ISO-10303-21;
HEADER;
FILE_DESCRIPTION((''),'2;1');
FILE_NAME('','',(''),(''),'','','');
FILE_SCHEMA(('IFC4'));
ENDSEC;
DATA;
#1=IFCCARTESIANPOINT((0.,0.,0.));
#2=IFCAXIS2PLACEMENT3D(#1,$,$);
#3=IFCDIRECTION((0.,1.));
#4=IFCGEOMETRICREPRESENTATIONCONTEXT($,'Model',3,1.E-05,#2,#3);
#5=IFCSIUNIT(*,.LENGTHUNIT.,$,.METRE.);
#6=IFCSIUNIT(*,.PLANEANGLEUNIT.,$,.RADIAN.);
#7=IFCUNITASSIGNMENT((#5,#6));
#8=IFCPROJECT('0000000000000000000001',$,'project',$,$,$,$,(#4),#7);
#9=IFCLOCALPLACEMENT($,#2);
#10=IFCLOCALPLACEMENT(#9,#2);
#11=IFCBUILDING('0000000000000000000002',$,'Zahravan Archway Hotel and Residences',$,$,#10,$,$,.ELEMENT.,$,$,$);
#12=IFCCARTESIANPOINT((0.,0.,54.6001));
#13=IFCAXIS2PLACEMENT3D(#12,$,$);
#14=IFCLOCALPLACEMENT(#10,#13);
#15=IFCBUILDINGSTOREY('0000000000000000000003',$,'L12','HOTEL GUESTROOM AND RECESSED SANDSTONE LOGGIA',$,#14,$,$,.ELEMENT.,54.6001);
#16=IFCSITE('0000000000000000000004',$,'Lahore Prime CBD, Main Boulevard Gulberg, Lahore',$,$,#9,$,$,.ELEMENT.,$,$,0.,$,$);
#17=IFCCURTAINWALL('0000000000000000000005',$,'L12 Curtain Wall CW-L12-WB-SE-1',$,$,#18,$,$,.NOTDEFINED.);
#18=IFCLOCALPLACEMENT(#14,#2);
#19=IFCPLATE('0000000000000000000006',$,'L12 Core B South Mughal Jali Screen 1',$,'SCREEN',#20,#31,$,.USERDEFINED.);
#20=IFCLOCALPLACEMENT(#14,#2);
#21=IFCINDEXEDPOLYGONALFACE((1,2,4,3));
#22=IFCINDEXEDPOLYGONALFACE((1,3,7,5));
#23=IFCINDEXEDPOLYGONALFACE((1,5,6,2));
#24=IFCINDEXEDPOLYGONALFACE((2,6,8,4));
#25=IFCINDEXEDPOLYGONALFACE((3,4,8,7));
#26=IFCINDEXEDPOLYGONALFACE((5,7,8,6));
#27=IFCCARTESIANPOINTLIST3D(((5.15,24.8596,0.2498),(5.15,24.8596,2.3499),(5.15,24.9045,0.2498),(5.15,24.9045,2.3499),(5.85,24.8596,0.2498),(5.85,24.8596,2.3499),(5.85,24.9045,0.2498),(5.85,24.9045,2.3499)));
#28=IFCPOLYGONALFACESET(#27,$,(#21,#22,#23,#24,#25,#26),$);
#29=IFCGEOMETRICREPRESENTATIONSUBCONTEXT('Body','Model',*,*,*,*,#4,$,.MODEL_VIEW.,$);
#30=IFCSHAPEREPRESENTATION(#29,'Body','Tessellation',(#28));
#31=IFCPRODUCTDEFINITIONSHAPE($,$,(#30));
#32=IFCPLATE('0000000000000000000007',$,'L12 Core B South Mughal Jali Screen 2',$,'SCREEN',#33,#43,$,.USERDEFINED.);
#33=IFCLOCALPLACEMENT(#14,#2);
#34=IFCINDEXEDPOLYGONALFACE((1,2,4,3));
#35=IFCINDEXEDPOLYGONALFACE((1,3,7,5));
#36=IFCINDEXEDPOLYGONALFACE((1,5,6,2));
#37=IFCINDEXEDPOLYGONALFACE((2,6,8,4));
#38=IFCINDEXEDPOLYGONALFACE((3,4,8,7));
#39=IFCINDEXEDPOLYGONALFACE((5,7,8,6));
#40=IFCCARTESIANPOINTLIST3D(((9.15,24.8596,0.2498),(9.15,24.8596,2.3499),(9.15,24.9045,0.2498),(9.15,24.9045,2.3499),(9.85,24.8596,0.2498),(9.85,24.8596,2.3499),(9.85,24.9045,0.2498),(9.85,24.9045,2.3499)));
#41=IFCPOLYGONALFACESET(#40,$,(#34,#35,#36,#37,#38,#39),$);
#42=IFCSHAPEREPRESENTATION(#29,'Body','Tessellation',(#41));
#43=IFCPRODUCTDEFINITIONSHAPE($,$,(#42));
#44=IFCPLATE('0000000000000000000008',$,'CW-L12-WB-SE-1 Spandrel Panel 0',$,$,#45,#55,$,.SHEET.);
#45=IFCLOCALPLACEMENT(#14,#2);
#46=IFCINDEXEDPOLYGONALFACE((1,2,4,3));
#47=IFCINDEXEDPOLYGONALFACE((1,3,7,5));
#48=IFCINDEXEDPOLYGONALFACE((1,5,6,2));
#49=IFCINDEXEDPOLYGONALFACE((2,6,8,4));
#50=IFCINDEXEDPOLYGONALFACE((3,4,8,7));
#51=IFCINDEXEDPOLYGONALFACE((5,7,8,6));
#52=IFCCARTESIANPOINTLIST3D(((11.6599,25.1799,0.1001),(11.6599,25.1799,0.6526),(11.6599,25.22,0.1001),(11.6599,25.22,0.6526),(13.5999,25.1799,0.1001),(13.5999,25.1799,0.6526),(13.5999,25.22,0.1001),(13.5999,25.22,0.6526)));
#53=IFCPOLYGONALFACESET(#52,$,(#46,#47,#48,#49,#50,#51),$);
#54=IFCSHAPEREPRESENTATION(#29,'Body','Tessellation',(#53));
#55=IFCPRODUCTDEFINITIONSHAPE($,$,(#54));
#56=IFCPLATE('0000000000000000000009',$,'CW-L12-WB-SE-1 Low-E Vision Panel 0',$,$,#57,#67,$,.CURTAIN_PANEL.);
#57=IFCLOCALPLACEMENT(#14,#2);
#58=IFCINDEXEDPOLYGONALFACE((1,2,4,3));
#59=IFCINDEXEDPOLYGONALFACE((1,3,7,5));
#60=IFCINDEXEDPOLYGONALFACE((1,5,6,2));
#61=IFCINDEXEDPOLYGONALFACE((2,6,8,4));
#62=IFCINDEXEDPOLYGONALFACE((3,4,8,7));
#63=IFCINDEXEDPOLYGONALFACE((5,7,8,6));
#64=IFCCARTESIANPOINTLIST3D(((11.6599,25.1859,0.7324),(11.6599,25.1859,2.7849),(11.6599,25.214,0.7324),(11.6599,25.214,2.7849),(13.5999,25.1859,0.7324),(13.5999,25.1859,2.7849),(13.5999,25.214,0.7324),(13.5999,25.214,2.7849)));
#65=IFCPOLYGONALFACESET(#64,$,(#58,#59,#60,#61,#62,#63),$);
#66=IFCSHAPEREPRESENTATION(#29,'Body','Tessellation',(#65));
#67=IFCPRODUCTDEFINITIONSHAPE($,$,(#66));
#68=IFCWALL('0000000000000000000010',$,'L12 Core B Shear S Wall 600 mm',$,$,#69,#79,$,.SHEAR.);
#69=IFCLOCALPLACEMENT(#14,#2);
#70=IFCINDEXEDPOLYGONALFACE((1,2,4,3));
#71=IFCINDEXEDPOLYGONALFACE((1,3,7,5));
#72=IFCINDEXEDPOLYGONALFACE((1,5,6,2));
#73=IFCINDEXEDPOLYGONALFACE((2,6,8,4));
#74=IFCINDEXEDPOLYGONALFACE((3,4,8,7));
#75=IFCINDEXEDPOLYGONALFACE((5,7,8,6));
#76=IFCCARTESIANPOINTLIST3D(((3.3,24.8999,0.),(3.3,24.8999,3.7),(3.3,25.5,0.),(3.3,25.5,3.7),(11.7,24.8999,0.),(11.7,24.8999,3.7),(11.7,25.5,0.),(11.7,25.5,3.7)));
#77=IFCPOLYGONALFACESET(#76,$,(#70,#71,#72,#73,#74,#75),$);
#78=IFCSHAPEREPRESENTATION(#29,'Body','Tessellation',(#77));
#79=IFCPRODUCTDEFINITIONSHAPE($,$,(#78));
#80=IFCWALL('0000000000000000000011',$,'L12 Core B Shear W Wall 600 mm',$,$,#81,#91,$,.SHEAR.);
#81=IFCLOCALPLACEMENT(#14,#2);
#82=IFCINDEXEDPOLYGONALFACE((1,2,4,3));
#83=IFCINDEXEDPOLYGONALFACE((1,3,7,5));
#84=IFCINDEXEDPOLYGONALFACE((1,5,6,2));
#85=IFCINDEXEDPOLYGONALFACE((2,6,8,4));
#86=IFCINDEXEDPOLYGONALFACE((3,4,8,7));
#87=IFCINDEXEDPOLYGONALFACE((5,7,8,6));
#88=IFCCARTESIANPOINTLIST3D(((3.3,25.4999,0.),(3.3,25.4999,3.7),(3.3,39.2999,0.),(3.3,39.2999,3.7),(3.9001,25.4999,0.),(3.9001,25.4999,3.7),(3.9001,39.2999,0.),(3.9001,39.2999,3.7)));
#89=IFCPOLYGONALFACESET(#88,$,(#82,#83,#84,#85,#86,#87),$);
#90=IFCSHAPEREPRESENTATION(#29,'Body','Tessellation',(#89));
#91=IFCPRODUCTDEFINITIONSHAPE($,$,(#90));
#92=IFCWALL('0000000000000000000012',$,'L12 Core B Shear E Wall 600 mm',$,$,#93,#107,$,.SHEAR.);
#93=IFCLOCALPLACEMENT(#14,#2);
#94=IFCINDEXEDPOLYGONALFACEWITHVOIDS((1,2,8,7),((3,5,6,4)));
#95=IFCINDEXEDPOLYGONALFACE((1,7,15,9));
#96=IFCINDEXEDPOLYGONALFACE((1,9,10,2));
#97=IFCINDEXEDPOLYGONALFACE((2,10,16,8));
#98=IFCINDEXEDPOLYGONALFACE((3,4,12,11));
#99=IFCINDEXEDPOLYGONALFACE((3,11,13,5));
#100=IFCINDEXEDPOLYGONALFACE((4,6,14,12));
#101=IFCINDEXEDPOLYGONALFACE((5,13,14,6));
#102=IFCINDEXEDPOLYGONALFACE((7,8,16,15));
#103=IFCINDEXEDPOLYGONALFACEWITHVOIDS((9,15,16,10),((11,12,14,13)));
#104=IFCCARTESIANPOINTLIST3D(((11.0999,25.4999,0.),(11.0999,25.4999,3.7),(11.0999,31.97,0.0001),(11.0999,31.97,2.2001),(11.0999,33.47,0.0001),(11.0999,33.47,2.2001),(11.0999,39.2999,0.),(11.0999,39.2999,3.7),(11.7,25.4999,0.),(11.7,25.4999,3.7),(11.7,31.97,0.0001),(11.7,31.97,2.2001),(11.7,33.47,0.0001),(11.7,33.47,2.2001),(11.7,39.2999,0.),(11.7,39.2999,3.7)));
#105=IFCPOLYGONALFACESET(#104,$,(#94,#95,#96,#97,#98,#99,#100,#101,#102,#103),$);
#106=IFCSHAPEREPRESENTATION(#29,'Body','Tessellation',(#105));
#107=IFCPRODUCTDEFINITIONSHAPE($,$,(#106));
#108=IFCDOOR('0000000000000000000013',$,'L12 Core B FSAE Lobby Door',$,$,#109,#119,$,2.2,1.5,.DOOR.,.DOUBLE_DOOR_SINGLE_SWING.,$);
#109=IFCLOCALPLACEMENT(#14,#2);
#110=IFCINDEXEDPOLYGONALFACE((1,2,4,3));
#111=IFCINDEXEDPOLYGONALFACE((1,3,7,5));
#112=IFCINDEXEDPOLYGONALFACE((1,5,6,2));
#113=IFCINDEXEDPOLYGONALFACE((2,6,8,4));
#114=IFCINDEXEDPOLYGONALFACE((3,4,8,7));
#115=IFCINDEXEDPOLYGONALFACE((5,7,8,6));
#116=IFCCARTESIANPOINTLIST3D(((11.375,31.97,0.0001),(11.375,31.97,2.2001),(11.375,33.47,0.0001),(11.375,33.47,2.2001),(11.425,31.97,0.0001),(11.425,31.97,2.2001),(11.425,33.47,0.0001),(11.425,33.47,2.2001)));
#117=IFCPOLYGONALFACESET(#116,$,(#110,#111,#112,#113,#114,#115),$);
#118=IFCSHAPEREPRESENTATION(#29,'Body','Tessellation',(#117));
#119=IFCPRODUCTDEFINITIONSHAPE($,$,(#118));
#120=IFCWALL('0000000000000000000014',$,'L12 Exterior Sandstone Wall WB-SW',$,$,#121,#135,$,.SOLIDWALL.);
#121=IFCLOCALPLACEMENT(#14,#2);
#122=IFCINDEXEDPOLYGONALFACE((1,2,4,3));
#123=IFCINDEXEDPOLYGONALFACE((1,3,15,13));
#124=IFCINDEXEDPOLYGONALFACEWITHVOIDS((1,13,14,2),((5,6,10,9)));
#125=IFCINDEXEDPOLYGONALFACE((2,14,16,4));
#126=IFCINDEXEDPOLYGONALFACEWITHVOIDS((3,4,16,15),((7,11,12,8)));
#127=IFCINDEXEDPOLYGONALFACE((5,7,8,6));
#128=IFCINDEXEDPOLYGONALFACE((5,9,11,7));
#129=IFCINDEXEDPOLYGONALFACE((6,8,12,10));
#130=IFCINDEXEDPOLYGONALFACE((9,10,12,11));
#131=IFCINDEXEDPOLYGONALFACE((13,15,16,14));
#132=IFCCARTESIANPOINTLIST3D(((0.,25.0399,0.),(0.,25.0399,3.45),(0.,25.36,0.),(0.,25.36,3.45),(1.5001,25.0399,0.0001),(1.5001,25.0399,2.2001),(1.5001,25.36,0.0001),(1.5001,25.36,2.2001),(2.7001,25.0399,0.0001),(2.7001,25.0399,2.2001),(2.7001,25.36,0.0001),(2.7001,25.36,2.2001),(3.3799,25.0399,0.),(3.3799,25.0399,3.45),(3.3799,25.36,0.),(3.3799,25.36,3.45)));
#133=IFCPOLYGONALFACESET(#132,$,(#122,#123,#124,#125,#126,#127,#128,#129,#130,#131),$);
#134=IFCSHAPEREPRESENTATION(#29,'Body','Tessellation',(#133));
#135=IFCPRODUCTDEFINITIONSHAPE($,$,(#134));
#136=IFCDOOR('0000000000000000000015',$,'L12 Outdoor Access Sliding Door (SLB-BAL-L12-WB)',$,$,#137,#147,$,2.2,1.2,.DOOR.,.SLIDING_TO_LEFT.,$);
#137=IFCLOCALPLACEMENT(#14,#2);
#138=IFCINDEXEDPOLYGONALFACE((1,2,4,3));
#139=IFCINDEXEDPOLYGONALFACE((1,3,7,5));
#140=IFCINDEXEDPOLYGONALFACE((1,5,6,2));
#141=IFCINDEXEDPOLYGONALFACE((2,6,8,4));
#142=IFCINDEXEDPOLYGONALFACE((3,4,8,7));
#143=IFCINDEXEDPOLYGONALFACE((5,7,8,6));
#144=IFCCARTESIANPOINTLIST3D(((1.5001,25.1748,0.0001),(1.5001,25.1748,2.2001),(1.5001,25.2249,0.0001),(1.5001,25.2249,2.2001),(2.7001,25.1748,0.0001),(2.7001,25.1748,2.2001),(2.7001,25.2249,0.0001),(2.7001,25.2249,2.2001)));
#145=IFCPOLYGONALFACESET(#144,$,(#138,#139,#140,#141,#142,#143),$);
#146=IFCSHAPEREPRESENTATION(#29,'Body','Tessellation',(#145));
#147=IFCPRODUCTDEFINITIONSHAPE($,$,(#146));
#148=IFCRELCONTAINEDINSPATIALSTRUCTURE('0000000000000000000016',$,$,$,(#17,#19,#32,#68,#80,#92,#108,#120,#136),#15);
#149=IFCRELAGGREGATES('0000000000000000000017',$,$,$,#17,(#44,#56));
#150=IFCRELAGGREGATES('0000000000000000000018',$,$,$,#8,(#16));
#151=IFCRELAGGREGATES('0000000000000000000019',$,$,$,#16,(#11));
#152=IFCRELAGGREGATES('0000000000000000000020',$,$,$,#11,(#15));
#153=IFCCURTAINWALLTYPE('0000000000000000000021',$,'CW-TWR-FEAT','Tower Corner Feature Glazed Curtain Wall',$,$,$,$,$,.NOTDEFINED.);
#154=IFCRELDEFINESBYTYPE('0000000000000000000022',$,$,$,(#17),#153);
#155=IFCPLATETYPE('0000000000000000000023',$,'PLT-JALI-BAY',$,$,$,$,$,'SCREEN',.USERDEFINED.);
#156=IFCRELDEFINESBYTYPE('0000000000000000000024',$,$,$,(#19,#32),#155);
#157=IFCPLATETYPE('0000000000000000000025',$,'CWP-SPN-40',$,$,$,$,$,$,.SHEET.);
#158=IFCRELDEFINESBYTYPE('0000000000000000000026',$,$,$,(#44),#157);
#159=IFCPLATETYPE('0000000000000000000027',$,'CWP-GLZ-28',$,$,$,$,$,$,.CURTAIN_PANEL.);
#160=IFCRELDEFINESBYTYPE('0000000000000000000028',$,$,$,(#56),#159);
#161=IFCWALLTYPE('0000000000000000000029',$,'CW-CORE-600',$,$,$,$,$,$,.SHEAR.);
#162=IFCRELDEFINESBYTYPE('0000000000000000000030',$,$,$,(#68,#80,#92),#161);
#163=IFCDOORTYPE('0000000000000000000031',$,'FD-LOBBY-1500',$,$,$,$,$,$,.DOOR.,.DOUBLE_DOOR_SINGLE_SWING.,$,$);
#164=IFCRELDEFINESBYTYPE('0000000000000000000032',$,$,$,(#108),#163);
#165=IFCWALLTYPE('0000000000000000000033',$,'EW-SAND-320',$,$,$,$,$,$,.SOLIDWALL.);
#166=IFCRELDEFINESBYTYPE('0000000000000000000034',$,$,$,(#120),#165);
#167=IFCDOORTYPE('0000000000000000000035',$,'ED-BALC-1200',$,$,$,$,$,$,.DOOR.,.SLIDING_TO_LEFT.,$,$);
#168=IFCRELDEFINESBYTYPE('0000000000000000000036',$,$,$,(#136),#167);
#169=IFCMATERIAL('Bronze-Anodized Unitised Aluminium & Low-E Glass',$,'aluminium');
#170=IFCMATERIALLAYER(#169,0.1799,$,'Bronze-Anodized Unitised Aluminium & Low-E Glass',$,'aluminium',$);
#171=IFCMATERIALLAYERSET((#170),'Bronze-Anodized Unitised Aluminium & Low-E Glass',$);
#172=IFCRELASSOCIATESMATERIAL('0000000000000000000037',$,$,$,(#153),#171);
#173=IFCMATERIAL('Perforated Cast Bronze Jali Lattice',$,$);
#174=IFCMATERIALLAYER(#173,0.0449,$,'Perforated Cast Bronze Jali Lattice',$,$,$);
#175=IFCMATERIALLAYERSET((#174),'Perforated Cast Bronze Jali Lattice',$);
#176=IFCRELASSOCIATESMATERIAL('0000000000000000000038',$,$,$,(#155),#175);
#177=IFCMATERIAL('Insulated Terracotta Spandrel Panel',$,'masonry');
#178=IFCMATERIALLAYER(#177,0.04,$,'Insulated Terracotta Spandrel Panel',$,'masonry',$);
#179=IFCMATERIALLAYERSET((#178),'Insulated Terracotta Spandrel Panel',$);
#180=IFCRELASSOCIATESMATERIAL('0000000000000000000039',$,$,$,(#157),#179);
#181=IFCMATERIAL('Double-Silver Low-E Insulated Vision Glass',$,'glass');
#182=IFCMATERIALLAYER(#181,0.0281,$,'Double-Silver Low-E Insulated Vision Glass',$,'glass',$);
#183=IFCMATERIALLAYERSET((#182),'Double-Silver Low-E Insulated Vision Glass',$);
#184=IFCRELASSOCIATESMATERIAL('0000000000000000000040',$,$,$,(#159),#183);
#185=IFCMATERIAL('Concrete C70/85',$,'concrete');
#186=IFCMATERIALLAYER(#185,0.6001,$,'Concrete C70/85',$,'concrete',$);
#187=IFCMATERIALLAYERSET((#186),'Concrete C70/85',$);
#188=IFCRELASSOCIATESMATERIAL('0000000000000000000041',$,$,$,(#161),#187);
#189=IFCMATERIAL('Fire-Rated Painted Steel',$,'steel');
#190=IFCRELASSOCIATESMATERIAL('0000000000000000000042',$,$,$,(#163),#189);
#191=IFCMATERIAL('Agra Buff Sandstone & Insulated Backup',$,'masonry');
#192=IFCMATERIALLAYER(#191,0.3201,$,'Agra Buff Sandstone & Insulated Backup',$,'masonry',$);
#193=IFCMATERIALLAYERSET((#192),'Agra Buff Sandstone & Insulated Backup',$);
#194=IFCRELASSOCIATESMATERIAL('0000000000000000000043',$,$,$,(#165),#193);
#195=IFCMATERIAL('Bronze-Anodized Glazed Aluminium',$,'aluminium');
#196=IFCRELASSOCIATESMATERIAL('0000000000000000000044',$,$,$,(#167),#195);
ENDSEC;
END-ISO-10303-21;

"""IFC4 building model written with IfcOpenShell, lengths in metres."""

from ifc_helpers import new_model, si_unit, direction, frame, frame_2d, origin, origin_2d, place, context, subcontext, project, spatial, rectangle, extrude, source, transform, mapped, material, layer, layer_set, type_object, type_shapes, element, fill, aggregate, save


model = new_model("IFC4")

# Units and contexts
model_context = context("Model", 3, precision=1e-05, world=origin(), true_north=direction((0.0, 1.0)))
body_context = subcontext(model_context, "Body", "Model", "MODEL_VIEW")
ifc_project = project(units=[si_unit("LENGTHUNIT", "METRE"), si_unit("PLANEANGLEUNIT", "RADIAN")], contexts=[model_context])

# Site, building, storey
site_placement = place(None, origin())
site = spatial("IfcSite", under=ifc_project, at=site_placement, Name="Lahore Prime CBD, Main Boulevard Gulberg, Lahore", CompositionType="ELEMENT", RefElevation=0.0)
building_placement = place(site_placement, origin())
building = spatial("IfcBuilding", under=site, at=building_placement, Name="Zahravan Archway Hotel and Residences", CompositionType="ELEMENT")
storey_placement = place(building_placement, frame((0.0, 0.0, 54.6001)))
storey = spatial("IfcBuildingStorey", under=building, at=storey_placement, Name="L12", Description="HOTEL GUESTROOM AND RECESSED SANDSTONE LOGGIA", CompositionType="ELEMENT", Elevation=54.6001)

# Shared definitions
ifc_material_1 = material(Name="Concrete C70/85", Category="concrete")

# Curtain wall
ifc_material_2 = material(Name="Bronze-Anodized Unitised Aluminium & Low-E Glass", Category="aluminium")
ifc_layer_1 = layer(ifc_material_2, 0.1799, Name="Bronze-Anodized Unitised Aluminium & Low-E Glass", Category="aluminium")
ifc_layer_set_1 = layer_set([ifc_layer_1], Name="Bronze-Anodized Unitised Aluminium & Low-E Glass")
curtain_wall_type = type_object("IfcCurtainWallType", Name="CW-TWR-FEAT", Description="Tower Corner Feature Glazed Curtain Wall", PredefinedType="NOTDEFINED", material=ifc_layer_set_1)
curtain_wall_placement = place(storey_placement, origin())
curtain_wall = element("IfcCurtainWall", 1, at=curtain_wall_placement, inside=storey, type_object=curtain_wall_type, Name="L12 Curtain Wall CW-L12-WB-SE-1", PredefinedType="NOTDEFINED")

# Plates
ifc_material_3 = material(Name="Perforated Cast Bronze Jali Lattice")
ifc_layer_2 = layer(ifc_material_3, 0.0449, Name="Perforated Cast Bronze Jali Lattice")
ifc_layer_set_2 = layer_set([ifc_layer_2], Name="Perforated Cast Bronze Jali Lattice")
plate_type_1 = type_object("IfcPlateType", Name="PLT-JALI-BAY", ElementType="SCREEN", PredefinedType="USERDEFINED", material=ifc_layer_set_2)
shared_shape_1 = source(origin(), body_context, "Body", "SweptSolid", [
    extrude(rectangle(XDim=0.7, YDim=0.0449, at=origin_2d()), origin(), (0.0, 0.0, 1.0), 2.1001),
])
type_shapes(plate_type_1, [shared_shape_1])
for number, where, z_axis, x_axis, name in (
    (2, (5.5, 24.8821, 0.2498), (0.0, 0.0, 1.0), (1.0, 0.0, 0.0), "L12 Core B South Mughal Jali Screen 1"),
    (3, (9.5, 24.8821, 0.2498), (0.0, 0.0, 1.0), (1.0, 0.0, 0.0), "L12 Core B South Mughal Jali Screen 2"),
):
    element("IfcPlate", number, at=place(storey_placement, frame(where, z_axis=z_axis, x_axis=x_axis)), inside=storey, type_object=plate_type_1, Name=name, ObjectType="SCREEN", PredefinedType="USERDEFINED", context=body_context, shape_type="MappedRepresentation", body=[
        mapped(shared_shape_1, transform((0.0, 0.0, 0.0), scale=1.0)),
    ])

# Plates
ifc_material_4 = material(Name="Insulated Terracotta Spandrel Panel", Category="masonry")
ifc_layer_3 = layer(ifc_material_4, 0.04, Name="Insulated Terracotta Spandrel Panel", Category="masonry")
ifc_layer_set_3 = layer_set([ifc_layer_3], Name="Insulated Terracotta Spandrel Panel")
plate_type_2 = type_object("IfcPlateType", Name="CWP-SPN-40", PredefinedType="SHEET", material=ifc_layer_set_3)
shared_shape_2 = source(origin(), body_context, "Body", "SweptSolid", [
    extrude(rectangle(XDim=1.9399, YDim=0.04, at=origin_2d()), origin(), (0.0, 0.0, 1.0), 0.5525),
])
plate_1_placement = place(storey_placement, frame((12.6299, 25.2, 0.1001), z_axis=(0.0, 0.0, 1.0), x_axis=(1.0, 0.0, 0.0)))
plate_1 = element("IfcPlate", 4, at=plate_1_placement, type_object=plate_type_2, Name="CW-L12-WB-SE-1 Spandrel Panel 0", PredefinedType="SHEET", context=body_context, shape_type="MappedRepresentation", body=[
    mapped(shared_shape_2, transform((0.0, 0.0, 0.0), scale=1.0)),
])
ifc_material_5 = material(Name="Double-Silver Low-E Insulated Vision Glass", Category="glass")
ifc_layer_4 = layer(ifc_material_5, 0.0281, Name="Double-Silver Low-E Insulated Vision Glass", Category="glass")
ifc_layer_set_4 = layer_set([ifc_layer_4], Name="Double-Silver Low-E Insulated Vision Glass")
plate_type_3 = type_object("IfcPlateType", Name="CWP-GLZ-28", PredefinedType="CURTAIN_PANEL", material=ifc_layer_set_4)
shared_shape_3 = source(origin(), body_context, "Body", "SweptSolid", [
    extrude(rectangle(XDim=1.9399, YDim=0.0281, at=origin_2d()), origin(), (0.0, 0.0, 1.0), 2.0525),
])
plate_2_placement = place(storey_placement, frame((12.6299, 25.2, 0.7324), z_axis=(0.0, 0.0, 1.0), x_axis=(1.0, 0.0, 0.0)))
plate_2 = element("IfcPlate", 5, at=plate_2_placement, type_object=plate_type_3, Name="CW-L12-WB-SE-1 Low-E Vision Panel 0", PredefinedType="CURTAIN_PANEL", context=body_context, shape_type="MappedRepresentation", body=[
    mapped(shared_shape_3, transform((0.0, 0.0, 0.0), scale=1.0)),
])
aggregate(curtain_wall, [plate_1, plate_2])

# Walls
ifc_layer_5 = layer(ifc_material_1, 0.6001, Name="Concrete C70/85", Category="concrete")
ifc_layer_set_5 = layer_set([ifc_layer_5], Name="Concrete C70/85")
wall_type_1 = type_object("IfcWallType", Name="CW-CORE-600", PredefinedType="SHEAR", material=ifc_layer_set_5)
wall_1_placement = place(storey_placement, frame((3.3, 25.2, 0.0), z_axis=(0.0, 0.0, 1.0), x_axis=(1.0, 0.0, 0.0)))
element("IfcWall", 6, at=wall_1_placement, inside=storey, type_object=wall_type_1, Name="L12 Core B Shear S Wall 600 mm", PredefinedType="SHEAR", context=body_context, shape_type="SweptSolid", body=[
    extrude(rectangle(XDim=8.3999, YDim=0.6001, at=frame_2d((4.2, 0.0))), origin(), (0.0, 0.0, 1.0), 3.7),
])
wall_2_placement = place(storey_placement, frame((3.6001, 25.5, 0.0), z_axis=(0.0, 0.0, 1.0), x_axis=(0.0, 1.0, 0.0)))
element("IfcWall", 7, at=wall_2_placement, inside=storey, type_object=wall_type_1, Name="L12 Core B Shear W Wall 600 mm", PredefinedType="SHEAR", context=body_context, shape_type="SweptSolid", body=[
    extrude(rectangle(XDim=13.8, YDim=0.6001, at=frame_2d((6.8999, 0.0))), origin(), (0.0, 0.0, 1.0), 3.7),
])

# Walls, openings, doors
wall_3_placement = place(storey_placement, frame((11.3999, 25.5, 0.0), z_axis=(0.0, 0.0, 1.0), x_axis=(0.0, 1.0, 0.0)))
wall_3 = element("IfcWall", 8, at=wall_3_placement, inside=storey, type_object=wall_type_1, Name="L12 Core B Shear E Wall 600 mm", PredefinedType="SHEAR", context=body_context, shape_type="SweptSolid", body=[
    extrude(rectangle(XDim=13.8, YDim=0.6001, at=frame_2d((6.8999, 0.0))), origin(), (0.0, 0.0, 1.0), 3.7),
])
opening_1_placement = place(wall_3_placement, frame((6.47, 0.0, 0.0)))
opening_1 = element("IfcOpeningElement", 9, at=opening_1_placement, cuts=wall_3, PredefinedType="OPENING", context=body_context, shape_type="SweptSolid", body=[
    extrude(rectangle(XDim=1.5, YDim=2.2, at=frame_2d((0.75, 1.1001))), frame((0.0, 0.3101, 0.0), z_axis=(0.0, -1.0, 0.0), x_axis=(1.0, 0.0, 0.0)), (0.0, 0.0, 1.0), 0.6201),
])
ifc_material_6 = material(Name="Fire-Rated Painted Steel", Category="steel")
door_type_1 = type_object("IfcDoorType", Name="FD-LOBBY-1500", OperationType="DOUBLE_DOOR_SINGLE_SWING", PredefinedType="DOOR", material=ifc_material_6)
shared_shape_4 = source(origin(), body_context, "Body", "SweptSolid", [
    extrude(rectangle(XDim=1.5, YDim=2.2, at=frame_2d((0.75, 1.1001))), frame((0.0, 0.0249, 0.0), z_axis=(0.0, -1.0, 0.0), x_axis=(1.0, 0.0, 0.0)), (0.0, 0.0, 1.0), 0.05),
])
type_shapes(door_type_1, [shared_shape_4])
door_1_placement = place(opening_1_placement, origin())
door_1 = element("IfcDoor", 10, at=door_1_placement, inside=storey, type_object=door_type_1, Name="L12 Core B FSAE Lobby Door", OperationType="DOUBLE_DOOR_SINGLE_SWING", OverallHeight=2.2, OverallWidth=1.5, PredefinedType="DOOR", context=body_context, shape_type="MappedRepresentation", body=[
    mapped(shared_shape_4, transform((0.0, 0.0, 0.0), scale=1.0)),
])
fill(opening_1, door_1)
ifc_material_7 = material(Name="Agra Buff Sandstone & Insulated Backup", Category="masonry")
ifc_layer_6 = layer(ifc_material_7, 0.3201, Name="Agra Buff Sandstone & Insulated Backup", Category="masonry")
ifc_layer_set_6 = layer_set([ifc_layer_6], Name="Agra Buff Sandstone & Insulated Backup")
wall_type_2 = type_object("IfcWallType", Name="EW-SAND-320", PredefinedType="SOLIDWALL", material=ifc_layer_set_6)
wall_4_placement = place(storey_placement, frame((0.0, 25.2, 0.0), z_axis=(0.0, 0.0, 1.0), x_axis=(1.0, 0.0, 0.0)))
wall_4 = element("IfcWall", 11, at=wall_4_placement, inside=storey, type_object=wall_type_2, Name="L12 Exterior Sandstone Wall WB-SW", PredefinedType="SOLIDWALL", context=body_context, shape_type="SweptSolid", body=[
    extrude(rectangle(XDim=3.3799, YDim=0.3201, at=frame_2d((1.6899, 0.0))), origin(), (0.0, 0.0, 1.0), 3.45),
])
opening_2_placement = place(wall_4_placement, frame((1.5, 0.0, 0.0)))
opening_2 = element("IfcOpeningElement", 12, at=opening_2_placement, cuts=wall_4, PredefinedType="OPENING", context=body_context, shape_type="SweptSolid", body=[
    extrude(rectangle(XDim=1.2, YDim=2.2, at=frame_2d((0.6001, 1.1001))), frame((0.0, 0.1699, 0.0), z_axis=(0.0, -1.0, 0.0), x_axis=(1.0, 0.0, 0.0)), (0.0, 0.0, 1.0), 0.3401),
])
ifc_material_8 = material(Name="Bronze-Anodized Glazed Aluminium", Category="aluminium")
door_type_2 = type_object("IfcDoorType", Name="ED-BALC-1200", OperationType="SLIDING_TO_LEFT", PredefinedType="DOOR", material=ifc_material_8)
shared_shape_5 = source(origin(), body_context, "Body", "SweptSolid", [
    extrude(rectangle(XDim=1.2, YDim=2.2, at=frame_2d((0.6001, 1.1001))), frame((0.0, 0.0249, 0.0), z_axis=(0.0, -1.0, 0.0), x_axis=(1.0, 0.0, 0.0)), (0.0, 0.0, 1.0), 0.05),
])
type_shapes(door_type_2, [shared_shape_5])
door_2_placement = place(opening_2_placement, origin())
door_2 = element("IfcDoor", 13, at=door_2_placement, inside=storey, type_object=door_type_2, Name="L12 Outdoor Access Sliding Door (SLB-BAL-L12-WB)", OperationType="SLIDING_TO_LEFT", OverallHeight=2.2, OverallWidth=1.2, PredefinedType="DOOR", context=body_context, shape_type="MappedRepresentation", body=[
    mapped(shared_shape_5, transform((0.0, 0.0, 0.0), scale=1.0)),
])
fill(opening_2, door_2)

save(model, "model.ifc")
